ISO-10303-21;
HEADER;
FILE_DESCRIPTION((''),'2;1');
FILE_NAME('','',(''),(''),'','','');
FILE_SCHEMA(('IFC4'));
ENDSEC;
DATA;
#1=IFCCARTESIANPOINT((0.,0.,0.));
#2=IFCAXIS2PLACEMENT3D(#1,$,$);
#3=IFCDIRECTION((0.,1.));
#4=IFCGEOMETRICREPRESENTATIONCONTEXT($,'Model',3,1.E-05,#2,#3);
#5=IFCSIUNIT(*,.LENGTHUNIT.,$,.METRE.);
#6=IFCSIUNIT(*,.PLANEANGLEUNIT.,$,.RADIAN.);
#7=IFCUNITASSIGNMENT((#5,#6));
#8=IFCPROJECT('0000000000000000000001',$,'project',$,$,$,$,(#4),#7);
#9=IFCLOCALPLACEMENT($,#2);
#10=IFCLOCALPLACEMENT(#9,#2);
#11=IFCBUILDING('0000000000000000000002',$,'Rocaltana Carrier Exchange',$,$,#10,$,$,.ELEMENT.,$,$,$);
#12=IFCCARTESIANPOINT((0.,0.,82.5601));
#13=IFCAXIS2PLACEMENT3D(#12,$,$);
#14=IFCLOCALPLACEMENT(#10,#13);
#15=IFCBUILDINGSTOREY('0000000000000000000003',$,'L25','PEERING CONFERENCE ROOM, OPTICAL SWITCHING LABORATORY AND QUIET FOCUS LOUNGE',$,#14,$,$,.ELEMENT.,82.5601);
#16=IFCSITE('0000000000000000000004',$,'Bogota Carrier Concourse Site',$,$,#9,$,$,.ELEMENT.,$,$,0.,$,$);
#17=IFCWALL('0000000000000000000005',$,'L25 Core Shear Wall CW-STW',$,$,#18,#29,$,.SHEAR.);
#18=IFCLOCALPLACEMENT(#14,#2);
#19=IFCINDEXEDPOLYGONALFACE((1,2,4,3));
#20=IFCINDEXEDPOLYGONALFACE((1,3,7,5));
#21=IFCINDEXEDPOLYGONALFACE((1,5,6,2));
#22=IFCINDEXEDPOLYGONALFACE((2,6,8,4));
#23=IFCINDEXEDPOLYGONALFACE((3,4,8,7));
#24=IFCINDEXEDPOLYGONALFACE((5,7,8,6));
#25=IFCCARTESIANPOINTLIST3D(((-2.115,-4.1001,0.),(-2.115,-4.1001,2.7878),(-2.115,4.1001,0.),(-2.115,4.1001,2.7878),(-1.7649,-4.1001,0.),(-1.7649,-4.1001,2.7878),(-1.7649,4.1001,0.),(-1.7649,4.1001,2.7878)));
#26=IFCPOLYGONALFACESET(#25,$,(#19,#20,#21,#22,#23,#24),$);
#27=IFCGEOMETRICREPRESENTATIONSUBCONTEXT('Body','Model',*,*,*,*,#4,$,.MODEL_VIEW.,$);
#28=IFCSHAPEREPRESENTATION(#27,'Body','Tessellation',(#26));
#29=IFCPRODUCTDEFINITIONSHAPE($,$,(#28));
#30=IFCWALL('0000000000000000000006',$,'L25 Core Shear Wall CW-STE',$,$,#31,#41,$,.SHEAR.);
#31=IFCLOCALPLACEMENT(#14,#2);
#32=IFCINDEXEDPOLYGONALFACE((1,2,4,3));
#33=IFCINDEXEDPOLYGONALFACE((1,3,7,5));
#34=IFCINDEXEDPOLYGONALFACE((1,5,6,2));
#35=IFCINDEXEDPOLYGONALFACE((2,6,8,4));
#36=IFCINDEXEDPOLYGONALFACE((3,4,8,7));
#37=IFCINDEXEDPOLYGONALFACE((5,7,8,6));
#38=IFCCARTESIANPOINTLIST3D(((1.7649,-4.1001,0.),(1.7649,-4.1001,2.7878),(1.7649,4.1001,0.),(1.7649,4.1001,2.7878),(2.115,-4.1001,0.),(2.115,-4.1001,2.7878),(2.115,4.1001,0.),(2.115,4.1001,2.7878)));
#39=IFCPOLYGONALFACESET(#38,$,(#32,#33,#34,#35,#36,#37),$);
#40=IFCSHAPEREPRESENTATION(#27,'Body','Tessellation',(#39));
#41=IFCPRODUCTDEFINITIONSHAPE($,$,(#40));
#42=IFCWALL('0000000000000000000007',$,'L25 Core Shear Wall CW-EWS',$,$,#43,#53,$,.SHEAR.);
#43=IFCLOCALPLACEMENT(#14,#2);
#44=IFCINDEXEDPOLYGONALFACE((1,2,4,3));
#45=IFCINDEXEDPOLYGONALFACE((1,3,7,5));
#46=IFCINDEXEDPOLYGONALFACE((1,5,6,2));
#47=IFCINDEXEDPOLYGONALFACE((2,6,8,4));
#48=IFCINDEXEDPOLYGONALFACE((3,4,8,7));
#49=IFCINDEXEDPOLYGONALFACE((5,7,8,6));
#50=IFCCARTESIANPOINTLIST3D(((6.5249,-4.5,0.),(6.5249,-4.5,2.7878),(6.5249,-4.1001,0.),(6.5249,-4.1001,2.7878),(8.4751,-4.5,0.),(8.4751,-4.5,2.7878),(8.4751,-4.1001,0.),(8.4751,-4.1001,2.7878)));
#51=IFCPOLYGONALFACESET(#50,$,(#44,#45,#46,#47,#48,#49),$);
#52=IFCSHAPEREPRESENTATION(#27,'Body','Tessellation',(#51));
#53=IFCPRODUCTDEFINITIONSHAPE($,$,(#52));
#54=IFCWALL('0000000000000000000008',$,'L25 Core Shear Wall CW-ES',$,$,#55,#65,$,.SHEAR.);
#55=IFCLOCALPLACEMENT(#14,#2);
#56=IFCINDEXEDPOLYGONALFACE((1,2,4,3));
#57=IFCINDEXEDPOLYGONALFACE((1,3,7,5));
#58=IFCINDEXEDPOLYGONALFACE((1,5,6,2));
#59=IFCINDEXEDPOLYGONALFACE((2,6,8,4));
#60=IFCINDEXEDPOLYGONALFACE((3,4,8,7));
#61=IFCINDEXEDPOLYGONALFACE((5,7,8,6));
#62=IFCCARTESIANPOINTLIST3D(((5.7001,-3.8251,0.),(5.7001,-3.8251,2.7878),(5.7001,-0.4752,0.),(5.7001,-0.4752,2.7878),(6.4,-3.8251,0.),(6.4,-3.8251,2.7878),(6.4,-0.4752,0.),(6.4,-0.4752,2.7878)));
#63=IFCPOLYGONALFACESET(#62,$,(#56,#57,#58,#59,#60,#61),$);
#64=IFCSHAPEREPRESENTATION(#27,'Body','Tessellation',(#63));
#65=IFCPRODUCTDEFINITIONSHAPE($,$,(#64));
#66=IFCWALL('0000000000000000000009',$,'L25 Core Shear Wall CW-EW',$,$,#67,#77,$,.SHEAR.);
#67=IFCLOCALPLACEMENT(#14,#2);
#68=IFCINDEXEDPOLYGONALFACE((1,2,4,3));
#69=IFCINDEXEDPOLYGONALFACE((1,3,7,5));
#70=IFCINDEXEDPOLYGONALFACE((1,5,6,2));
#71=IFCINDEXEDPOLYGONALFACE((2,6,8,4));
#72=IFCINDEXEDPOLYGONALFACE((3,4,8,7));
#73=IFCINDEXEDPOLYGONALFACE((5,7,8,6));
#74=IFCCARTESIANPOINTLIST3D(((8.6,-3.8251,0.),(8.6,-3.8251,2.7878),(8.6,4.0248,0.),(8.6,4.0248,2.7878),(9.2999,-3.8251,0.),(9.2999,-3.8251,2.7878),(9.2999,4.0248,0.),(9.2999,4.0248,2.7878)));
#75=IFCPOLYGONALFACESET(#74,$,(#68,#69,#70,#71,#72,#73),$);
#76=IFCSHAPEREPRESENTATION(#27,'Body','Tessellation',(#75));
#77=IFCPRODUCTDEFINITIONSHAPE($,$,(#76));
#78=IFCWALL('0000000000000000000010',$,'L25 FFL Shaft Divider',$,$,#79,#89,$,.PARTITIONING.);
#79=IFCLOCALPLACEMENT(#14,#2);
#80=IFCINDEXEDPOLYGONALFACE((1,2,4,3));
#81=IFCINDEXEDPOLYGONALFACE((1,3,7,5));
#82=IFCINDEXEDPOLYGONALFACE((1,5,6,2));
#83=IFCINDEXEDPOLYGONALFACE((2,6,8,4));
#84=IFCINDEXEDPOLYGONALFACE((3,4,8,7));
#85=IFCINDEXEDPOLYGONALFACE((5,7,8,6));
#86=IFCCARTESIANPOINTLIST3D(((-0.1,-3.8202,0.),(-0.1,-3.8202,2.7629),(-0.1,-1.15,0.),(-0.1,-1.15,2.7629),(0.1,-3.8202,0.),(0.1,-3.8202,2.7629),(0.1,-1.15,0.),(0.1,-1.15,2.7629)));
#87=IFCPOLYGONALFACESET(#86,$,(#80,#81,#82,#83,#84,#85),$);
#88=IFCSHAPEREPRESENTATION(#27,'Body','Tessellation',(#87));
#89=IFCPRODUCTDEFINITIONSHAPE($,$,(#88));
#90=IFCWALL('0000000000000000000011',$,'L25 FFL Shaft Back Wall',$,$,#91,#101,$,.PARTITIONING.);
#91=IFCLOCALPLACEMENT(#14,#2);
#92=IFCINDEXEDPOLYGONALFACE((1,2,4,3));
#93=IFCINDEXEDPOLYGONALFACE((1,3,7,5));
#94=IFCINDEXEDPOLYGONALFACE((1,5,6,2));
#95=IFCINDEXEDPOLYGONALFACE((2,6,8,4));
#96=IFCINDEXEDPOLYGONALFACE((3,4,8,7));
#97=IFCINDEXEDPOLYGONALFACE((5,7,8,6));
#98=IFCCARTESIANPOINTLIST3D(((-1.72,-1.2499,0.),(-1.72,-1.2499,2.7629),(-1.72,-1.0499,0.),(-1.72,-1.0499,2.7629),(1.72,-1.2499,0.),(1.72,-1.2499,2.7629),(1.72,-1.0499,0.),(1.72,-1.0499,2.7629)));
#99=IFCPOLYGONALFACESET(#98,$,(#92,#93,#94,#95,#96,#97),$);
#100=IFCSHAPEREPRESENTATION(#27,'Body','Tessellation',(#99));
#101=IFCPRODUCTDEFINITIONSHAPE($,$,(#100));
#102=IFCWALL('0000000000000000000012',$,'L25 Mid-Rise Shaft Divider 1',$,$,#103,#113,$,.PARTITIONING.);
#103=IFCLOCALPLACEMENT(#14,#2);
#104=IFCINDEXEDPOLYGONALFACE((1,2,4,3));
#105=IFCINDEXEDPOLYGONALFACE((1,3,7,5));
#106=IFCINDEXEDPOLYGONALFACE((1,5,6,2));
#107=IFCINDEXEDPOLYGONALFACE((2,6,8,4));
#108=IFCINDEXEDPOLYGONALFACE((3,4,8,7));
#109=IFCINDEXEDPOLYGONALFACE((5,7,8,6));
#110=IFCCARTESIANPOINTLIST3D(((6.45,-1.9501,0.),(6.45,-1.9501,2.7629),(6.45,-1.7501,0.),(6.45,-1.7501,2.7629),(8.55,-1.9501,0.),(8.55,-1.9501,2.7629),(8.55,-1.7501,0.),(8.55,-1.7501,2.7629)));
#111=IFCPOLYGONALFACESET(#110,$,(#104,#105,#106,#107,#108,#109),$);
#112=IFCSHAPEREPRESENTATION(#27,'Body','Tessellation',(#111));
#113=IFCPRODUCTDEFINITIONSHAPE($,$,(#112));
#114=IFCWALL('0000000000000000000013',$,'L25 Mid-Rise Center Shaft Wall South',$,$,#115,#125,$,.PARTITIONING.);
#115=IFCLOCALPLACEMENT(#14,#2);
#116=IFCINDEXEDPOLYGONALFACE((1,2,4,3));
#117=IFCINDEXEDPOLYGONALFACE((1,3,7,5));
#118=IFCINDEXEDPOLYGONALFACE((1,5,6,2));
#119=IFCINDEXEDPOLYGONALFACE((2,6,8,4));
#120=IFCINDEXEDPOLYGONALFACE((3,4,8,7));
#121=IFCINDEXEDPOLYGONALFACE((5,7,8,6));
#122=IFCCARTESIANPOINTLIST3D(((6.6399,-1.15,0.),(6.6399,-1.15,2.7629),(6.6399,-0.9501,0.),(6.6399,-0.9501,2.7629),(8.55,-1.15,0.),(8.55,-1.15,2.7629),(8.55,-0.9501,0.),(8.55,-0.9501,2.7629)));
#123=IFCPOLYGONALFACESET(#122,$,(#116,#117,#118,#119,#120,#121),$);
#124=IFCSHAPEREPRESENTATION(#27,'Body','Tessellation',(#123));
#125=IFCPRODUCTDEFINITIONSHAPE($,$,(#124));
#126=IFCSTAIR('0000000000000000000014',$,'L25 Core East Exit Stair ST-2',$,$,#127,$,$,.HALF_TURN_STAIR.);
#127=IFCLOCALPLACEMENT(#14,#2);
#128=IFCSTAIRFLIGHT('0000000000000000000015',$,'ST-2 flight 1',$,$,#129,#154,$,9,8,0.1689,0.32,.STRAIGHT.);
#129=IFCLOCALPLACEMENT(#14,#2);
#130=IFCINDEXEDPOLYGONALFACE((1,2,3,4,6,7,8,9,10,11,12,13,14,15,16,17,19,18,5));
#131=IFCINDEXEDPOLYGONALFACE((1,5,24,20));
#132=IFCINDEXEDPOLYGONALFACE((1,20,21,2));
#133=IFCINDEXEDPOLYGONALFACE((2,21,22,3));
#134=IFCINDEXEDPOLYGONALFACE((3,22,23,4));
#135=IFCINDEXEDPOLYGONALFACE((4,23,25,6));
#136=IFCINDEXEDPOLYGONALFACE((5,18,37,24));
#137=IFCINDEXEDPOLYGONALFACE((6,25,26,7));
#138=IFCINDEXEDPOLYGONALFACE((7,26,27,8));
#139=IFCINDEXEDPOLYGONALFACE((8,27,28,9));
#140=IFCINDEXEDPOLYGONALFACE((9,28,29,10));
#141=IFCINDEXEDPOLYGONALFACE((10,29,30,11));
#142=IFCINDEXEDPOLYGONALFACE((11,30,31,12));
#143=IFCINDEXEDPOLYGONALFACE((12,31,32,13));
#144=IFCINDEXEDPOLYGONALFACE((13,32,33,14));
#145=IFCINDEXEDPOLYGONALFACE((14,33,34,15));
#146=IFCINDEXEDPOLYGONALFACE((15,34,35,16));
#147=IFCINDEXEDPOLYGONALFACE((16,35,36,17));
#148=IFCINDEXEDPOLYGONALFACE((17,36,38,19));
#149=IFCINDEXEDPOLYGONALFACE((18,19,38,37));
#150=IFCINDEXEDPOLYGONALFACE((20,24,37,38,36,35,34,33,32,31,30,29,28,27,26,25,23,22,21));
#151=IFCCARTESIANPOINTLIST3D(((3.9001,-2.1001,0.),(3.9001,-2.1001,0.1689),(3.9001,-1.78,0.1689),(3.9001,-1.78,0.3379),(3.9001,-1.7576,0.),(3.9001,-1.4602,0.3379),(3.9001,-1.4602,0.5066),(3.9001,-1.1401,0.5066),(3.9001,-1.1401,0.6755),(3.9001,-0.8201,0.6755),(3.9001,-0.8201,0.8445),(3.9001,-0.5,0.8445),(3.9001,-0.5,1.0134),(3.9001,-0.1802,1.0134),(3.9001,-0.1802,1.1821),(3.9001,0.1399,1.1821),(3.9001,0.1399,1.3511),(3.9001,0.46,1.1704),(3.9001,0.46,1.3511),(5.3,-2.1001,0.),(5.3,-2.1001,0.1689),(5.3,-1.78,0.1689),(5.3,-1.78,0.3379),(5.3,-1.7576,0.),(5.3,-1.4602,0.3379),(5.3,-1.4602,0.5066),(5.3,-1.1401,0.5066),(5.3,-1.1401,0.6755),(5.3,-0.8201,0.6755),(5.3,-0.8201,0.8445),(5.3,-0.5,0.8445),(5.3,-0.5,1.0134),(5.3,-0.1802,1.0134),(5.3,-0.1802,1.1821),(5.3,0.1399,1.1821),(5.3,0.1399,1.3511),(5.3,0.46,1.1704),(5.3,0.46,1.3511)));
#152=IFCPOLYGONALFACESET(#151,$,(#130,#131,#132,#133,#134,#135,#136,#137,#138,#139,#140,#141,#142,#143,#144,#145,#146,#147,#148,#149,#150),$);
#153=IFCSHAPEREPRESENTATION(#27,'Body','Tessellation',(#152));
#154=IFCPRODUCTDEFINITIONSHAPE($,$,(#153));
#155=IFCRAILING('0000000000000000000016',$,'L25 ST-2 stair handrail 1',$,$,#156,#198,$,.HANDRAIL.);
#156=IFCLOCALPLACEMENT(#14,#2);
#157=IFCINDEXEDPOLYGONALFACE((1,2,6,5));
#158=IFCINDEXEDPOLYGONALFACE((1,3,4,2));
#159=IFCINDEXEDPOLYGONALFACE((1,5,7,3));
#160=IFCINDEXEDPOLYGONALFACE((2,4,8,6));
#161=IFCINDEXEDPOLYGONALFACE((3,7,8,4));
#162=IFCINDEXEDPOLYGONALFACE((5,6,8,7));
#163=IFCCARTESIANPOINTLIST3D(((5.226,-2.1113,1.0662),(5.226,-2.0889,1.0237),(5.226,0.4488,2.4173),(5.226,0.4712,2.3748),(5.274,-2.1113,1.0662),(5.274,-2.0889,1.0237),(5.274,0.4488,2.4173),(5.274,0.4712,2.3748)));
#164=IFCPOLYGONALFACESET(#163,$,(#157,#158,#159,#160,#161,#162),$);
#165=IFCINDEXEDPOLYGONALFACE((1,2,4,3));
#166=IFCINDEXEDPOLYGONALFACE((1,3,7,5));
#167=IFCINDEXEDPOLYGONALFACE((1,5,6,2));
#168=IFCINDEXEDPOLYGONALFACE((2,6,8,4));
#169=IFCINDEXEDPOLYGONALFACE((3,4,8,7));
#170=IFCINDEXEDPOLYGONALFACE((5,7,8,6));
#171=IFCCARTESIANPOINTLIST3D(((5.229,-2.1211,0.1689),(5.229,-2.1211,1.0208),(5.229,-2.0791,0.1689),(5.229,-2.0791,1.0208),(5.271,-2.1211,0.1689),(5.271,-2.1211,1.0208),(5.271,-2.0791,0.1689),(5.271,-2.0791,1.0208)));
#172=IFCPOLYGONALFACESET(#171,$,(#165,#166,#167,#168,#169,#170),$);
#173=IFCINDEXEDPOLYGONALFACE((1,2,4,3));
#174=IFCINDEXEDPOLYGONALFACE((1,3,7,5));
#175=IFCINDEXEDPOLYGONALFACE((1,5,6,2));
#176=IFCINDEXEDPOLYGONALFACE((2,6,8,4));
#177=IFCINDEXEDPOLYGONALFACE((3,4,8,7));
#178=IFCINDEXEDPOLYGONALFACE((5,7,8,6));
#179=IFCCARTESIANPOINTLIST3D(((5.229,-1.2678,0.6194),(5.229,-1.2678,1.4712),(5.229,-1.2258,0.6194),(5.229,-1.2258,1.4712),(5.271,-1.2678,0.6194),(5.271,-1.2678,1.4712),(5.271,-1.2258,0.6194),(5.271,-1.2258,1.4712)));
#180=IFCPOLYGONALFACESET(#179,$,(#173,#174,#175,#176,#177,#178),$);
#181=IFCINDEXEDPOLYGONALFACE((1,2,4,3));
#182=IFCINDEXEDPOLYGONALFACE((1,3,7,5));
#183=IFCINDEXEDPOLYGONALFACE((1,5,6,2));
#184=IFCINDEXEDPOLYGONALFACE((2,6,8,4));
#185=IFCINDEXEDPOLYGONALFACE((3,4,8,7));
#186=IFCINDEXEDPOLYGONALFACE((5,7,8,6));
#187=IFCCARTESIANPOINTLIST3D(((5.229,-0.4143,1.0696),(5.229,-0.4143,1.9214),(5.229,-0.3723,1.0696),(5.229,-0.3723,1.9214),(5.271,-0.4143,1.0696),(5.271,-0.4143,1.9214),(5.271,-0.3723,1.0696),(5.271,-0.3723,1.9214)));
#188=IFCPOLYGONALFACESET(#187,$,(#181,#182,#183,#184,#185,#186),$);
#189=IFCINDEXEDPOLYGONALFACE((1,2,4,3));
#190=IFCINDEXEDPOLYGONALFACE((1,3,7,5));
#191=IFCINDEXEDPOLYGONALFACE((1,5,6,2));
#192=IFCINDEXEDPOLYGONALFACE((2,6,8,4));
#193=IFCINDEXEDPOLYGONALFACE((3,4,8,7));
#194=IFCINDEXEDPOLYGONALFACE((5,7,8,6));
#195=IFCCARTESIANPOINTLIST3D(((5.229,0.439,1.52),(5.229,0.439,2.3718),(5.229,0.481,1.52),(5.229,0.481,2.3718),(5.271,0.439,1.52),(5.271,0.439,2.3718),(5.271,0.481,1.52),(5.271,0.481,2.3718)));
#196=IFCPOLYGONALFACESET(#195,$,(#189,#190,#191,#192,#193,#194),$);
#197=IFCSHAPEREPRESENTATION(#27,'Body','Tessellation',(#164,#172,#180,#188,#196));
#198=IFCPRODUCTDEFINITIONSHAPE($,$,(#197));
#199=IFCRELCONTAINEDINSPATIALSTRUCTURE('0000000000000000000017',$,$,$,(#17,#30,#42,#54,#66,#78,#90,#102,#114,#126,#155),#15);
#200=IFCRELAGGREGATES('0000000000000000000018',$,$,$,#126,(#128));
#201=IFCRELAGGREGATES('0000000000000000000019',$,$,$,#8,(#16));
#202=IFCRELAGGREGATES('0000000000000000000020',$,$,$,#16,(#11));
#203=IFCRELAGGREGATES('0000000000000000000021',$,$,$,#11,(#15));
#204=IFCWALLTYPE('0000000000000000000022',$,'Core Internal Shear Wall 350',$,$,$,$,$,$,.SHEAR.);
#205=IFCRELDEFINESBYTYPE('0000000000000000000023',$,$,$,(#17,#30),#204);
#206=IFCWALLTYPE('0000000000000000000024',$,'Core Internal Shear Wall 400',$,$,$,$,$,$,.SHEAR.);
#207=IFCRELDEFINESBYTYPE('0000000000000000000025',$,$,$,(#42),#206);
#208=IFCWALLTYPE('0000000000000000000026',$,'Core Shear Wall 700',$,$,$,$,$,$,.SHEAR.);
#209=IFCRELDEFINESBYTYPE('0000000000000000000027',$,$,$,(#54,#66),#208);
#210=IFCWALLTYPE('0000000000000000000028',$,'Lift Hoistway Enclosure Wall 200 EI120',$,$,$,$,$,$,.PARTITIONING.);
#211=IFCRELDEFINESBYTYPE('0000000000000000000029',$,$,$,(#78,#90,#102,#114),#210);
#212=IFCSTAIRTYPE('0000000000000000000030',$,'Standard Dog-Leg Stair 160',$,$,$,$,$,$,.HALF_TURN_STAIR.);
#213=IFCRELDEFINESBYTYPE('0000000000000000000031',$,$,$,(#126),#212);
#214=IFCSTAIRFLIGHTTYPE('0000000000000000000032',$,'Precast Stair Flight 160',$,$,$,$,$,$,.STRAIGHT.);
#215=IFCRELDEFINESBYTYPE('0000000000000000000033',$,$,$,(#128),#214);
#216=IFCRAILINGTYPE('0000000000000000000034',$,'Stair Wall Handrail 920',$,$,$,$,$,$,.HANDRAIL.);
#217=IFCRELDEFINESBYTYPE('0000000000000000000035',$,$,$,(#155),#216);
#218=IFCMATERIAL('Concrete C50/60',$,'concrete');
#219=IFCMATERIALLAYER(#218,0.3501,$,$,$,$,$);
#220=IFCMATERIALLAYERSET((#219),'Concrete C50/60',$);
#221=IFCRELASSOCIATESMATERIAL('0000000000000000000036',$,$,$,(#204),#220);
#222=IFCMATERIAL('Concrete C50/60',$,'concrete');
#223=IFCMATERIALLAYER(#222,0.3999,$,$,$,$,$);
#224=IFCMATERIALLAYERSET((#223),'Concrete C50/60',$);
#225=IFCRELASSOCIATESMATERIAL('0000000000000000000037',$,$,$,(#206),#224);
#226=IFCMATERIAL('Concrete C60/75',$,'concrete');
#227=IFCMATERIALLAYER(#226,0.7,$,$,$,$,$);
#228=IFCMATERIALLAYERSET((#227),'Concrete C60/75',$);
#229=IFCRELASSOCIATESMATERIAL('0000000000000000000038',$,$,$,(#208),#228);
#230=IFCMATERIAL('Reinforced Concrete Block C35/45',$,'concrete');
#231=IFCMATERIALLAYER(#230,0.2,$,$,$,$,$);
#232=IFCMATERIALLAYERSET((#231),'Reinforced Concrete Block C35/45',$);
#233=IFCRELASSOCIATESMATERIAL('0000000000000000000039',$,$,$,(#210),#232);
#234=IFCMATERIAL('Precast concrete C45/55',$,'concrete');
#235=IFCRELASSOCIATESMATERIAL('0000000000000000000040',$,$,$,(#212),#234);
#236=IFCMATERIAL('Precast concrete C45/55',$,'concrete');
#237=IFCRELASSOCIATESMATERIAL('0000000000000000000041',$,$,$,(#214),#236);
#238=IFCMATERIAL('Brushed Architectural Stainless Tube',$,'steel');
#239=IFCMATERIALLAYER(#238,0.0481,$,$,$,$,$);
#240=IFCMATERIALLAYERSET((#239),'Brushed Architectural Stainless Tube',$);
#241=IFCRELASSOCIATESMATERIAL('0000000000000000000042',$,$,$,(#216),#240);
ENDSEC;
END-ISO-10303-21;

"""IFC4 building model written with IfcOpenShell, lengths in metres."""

from ifc_helpers import new_model, si_unit, direction, frame, frame_2d, origin, origin_2d, place, context, subcontext, project, spatial, polyline, rectangle, outline, extrude, material, layer, layer_set, type_object, element, aggregate, save


model = new_model("IFC4")

# Units and contexts
model_context = context("Model", 3, precision=1e-05, world=origin(), true_north=direction((0.0, 1.0)))
body_context = subcontext(model_context, "Body", "Model", "MODEL_VIEW")
ifc_project = project(units=[si_unit("LENGTHUNIT", "METRE"), si_unit("PLANEANGLEUNIT", "RADIAN")], contexts=[model_context])

# Site, building, storey
site_placement = place(None, origin())
site = spatial("IfcSite", under=ifc_project, at=site_placement, Name="Bogota Carrier Concourse Site", CompositionType="ELEMENT", RefElevation=0.0)
building_placement = place(site_placement, origin())
building = spatial("IfcBuilding", under=site, at=building_placement, Name="Rocaltana Carrier Exchange", CompositionType="ELEMENT")
storey_placement = place(building_placement, frame((0.0, 0.0, 82.5601)))
storey = spatial("IfcBuildingStorey", under=building, at=storey_placement, Name="L25", Description="PEERING CONFERENCE ROOM, OPTICAL SWITCHING LABORATORY AND QUIET FOCUS LOUNGE", CompositionType="ELEMENT", Elevation=82.5601)

# Walls
ifc_material_1 = material(Name="Concrete C50/60", Category="concrete")
ifc_layer_1 = layer(ifc_material_1, 0.3501)
ifc_layer_set_1 = layer_set([ifc_layer_1], Name="Concrete C50/60")
wall_type_1 = type_object("IfcWallType", Name="Core Internal Shear Wall 350", PredefinedType="SHEAR", material=ifc_layer_set_1)
for number, where, z_axis, x_axis, name in (
    (1, (-1.9399, -4.1001, 0.0), (0.0, 0.0, 1.0), (0.0, 1.0, 0.0), "L25 Core Shear Wall CW-STW"),
    (2, (1.9399, -4.1001, 0.0), (0.0, 0.0, 1.0), (0.0, 1.0, 0.0), "L25 Core Shear Wall CW-STE"),
):
    element("IfcWall", number, at=place(storey_placement, frame(where, z_axis=z_axis, x_axis=x_axis)), inside=storey, type_object=wall_type_1, Name=name, PredefinedType="SHEAR", context=body_context, shape_type="SweptSolid", body=[
        extrude(rectangle(XDim=8.2002, YDim=0.3501, at=frame_2d((4.1001, 0.0))), origin(), (0.0, 0.0, 1.0), 2.7878),
    ])
ifc_material_2 = material(Name="Concrete C50/60", Category="concrete")
ifc_layer_2 = layer(ifc_material_2, 0.3999)
ifc_layer_set_2 = layer_set([ifc_layer_2], Name="Concrete C50/60")
wall_type_2 = type_object("IfcWallType", Name="Core Internal Shear Wall 400", PredefinedType="SHEAR", material=ifc_layer_set_2)
wall_1_placement = place(storey_placement, frame((6.5249, -4.3, 0.0), z_axis=(0.0, 0.0, 1.0), x_axis=(1.0, 0.0, 0.0)))
element("IfcWall", 3, at=wall_1_placement, inside=storey, type_object=wall_type_2, Name="L25 Core Shear Wall CW-EWS", PredefinedType="SHEAR", context=body_context, shape_type="SweptSolid", body=[
    extrude(rectangle(XDim=1.9502, YDim=0.3999, at=frame_2d((0.9751, 0.0))), origin(), (0.0, 0.0, 1.0), 2.7878),
])
ifc_material_3 = material(Name="Concrete C60/75", Category="concrete")
ifc_layer_3 = layer(ifc_material_3, 0.7)
ifc_layer_set_3 = layer_set([ifc_layer_3], Name="Concrete C60/75")
wall_type_3 = type_object("IfcWallType", Name="Core Shear Wall 700", PredefinedType="SHEAR", material=ifc_layer_set_3)
wall_2_placement = place(storey_placement, frame((6.05, -3.825, 0.0), z_axis=(0.0, 0.0, 1.0), x_axis=(0.0, 1.0, 0.0)))
element("IfcWall", 4, at=wall_2_placement, inside=storey, type_object=wall_type_3, Name="L25 Core Shear Wall CW-ES", PredefinedType="SHEAR", context=body_context, shape_type="SweptSolid", body=[
    extrude(rectangle(XDim=3.3499, YDim=0.7, at=frame_2d((1.6748, 0.0))), origin(), (0.0, 0.0, 1.0), 2.7878),
])
wall_3_placement = place(storey_placement, frame((8.95, -3.825, 0.0), z_axis=(0.0, 0.0, 1.0), x_axis=(0.0, 1.0, 0.0)))
element("IfcWall", 5, at=wall_3_placement, inside=storey, type_object=wall_type_3, Name="L25 Core Shear Wall CW-EW", PredefinedType="SHEAR", context=body_context, shape_type="SweptSolid", body=[
    extrude(rectangle(XDim=7.8499, YDim=0.7, at=frame_2d((3.9248, 0.0))), origin(), (0.0, 0.0, 1.0), 2.7878),
])
ifc_material_4 = material(Name="Reinforced Concrete Block C35/45", Category="concrete")
ifc_layer_4 = layer(ifc_material_4, 0.2)
ifc_layer_set_4 = layer_set([ifc_layer_4], Name="Reinforced Concrete Block C35/45")
wall_type_4 = type_object("IfcWallType", Name="Lift Hoistway Enclosure Wall 200 EI120", PredefinedType="PARTITIONING", material=ifc_layer_set_4)
wall_4_placement = place(storey_placement, frame((0.0, -3.8201, 0.0), z_axis=(0.0, 0.0, 1.0), x_axis=(0.0, 1.0, 0.0)))
element("IfcWall", 6, at=wall_4_placement, inside=storey, type_object=wall_type_4, Name="L25 FFL Shaft Divider", PredefinedType="PARTITIONING", context=body_context, shape_type="SweptSolid", body=[
    extrude(rectangle(XDim=2.6702, YDim=0.2, at=frame_2d((1.335, 0.0))), origin(), (0.0, 0.0, 1.0), 2.7629),
])
wall_5_placement = place(storey_placement, frame((-1.72, -1.1499, 0.0), z_axis=(0.0, 0.0, 1.0), x_axis=(1.0, 0.0, 0.0)))
element("IfcWall", 7, at=wall_5_placement, inside=storey, type_object=wall_type_4, Name="L25 FFL Shaft Back Wall", PredefinedType="PARTITIONING", context=body_context, shape_type="SweptSolid", body=[
    extrude(rectangle(XDim=3.4399, YDim=0.2, at=frame_2d((1.72, 0.0))), origin(), (0.0, 0.0, 1.0), 2.7629),
])
wall_6_placement = place(storey_placement, frame((6.45, -1.8501, 0.0), z_axis=(0.0, 0.0, 1.0), x_axis=(1.0, 0.0, 0.0)))
element("IfcWall", 8, at=wall_6_placement, inside=storey, type_object=wall_type_4, Name="L25 Mid-Rise Shaft Divider 1", PredefinedType="PARTITIONING", context=body_context, shape_type="SweptSolid", body=[
    extrude(rectangle(XDim=2.1001, YDim=0.2, at=frame_2d((1.05, 0.0))), origin(), (0.0, 0.0, 1.0), 2.7629),
])
wall_7_placement = place(storey_placement, frame((6.6399, -1.05, 0.0), z_axis=(0.0, 0.0, 1.0), x_axis=(1.0, 0.0, 0.0)))
element("IfcWall", 9, at=wall_7_placement, inside=storey, type_object=wall_type_4, Name="L25 Mid-Rise Center Shaft Wall South", PredefinedType="PARTITIONING", context=body_context, shape_type="SweptSolid", body=[
    extrude(rectangle(XDim=1.9102, YDim=0.2, at=frame_2d((0.9551, 0.0))), origin(), (0.0, 0.0, 1.0), 2.7629),
])

# Stair, stair flight
ifc_material_5 = material(Name="Precast concrete C45/55", Category="concrete")
stair_type = type_object("IfcStairType", Name="Standard Dog-Leg Stair 160", PredefinedType="HALF_TURN_STAIR", material=ifc_material_5)
stair_placement = place(storey_placement, origin())
stair = element("IfcStair", 10, at=stair_placement, inside=storey, type_object=stair_type, Name="L25 Core East Exit Stair ST-2", PredefinedType="HALF_TURN_STAIR")
ifc_material_6 = material(Name="Precast concrete C45/55", Category="concrete")
stair_flight_type = type_object("IfcStairFlightType", Name="Precast Stair Flight 160", PredefinedType="STRAIGHT", material=ifc_material_6)
stair_flight_placement = place(storey_placement, frame((4.6001, -2.1001, 0.0), z_axis=(0.0, 0.0, 1.0), x_axis=(0.0, 1.0, 0.0)))
stair_flight = element("IfcStairFlight", 11, at=stair_flight_placement, type_object=stair_flight_type, Name="ST-2 flight 1", NumberOfRisers=9, NumberOfTreads=8, PredefinedType="STRAIGHT", RiserHeight=0.1689, TreadLength=0.32, context=body_context, shape_type="SweptSolid", body=[
    extrude(outline(polyline([(0.0, 0.0), (0.0, 0.1689), (0.3201, 0.1689), (0.3201, 0.3379), (0.6399, 0.3379), (0.6399, 0.5066), (0.96, 0.5066), (0.96, 0.6755), (1.28, 0.6755), (1.28, 0.8445), (1.6001, 0.8445), (1.6001, 1.0134), (1.9199, 1.0134), (1.9199, 1.1821), (2.24, 1.1821), (2.24, 1.3511), (2.5601, 1.3511), (2.5601, 1.52), (2.5601, 1.1704), (0.3425, 0.0), (0.0, 0.0)])), frame((0.0, 0.7, 0.0), z_axis=(0.0, -1.0, 0.0), x_axis=(1.0, 0.0, 0.0)), (0.0, 0.0, 1.0), 1.3999),
])
aggregate(stair, [stair_flight])

# Railing
ifc_material_7 = material(Name="Brushed Architectural Stainless Tube", Category="steel")
ifc_layer_5 = layer(ifc_material_7, 0.0481)
ifc_layer_set_5 = layer_set([ifc_layer_5], Name="Brushed Architectural Stainless Tube")
railing_type_1 = type_object("IfcRailingType", Name="Stair Wall Handrail 920", PredefinedType="HANDRAIL", material=ifc_layer_set_5)
railing_1_placement = place(storey_placement, frame((5.25, -2.1001, 0.1689)))
element("IfcRailing", 12, at=railing_1_placement, inside=storey, type_object=railing_type_1, Name="L25 ST-2 stair handrail 1", PredefinedType="HANDRAIL", context=body_context, shape_type="SweptSolid", body=[
    extrude(rectangle(XDim=0.0481, YDim=0.0481, at=origin_2d()), frame((0.0, 0.0, 0.876), z_axis=(0.0, 0.884394, 0.46674), x_axis=(-1.0, 0.0, 0.0)), (0.0, 0.0, 1.0), 2.8948),
    extrude(rectangle(XDim=0.042, YDim=0.042, at=origin_2d()), origin(), (0.0, 0.0, 1.0), 0.8518),
    extrude(rectangle(XDim=0.042, YDim=0.042, at=origin_2d()), frame((0.0, 0.8533, 0.4504)), (0.0, 0.0, 1.0), 0.8518),
    extrude(rectangle(XDim=0.042, YDim=0.042, at=origin_2d()), frame((0.0, 1.7068, 0.9006)), (0.0, 0.0, 1.0), 0.8518),
    extrude(rectangle(XDim=0.042, YDim=0.042, at=origin_2d()), frame((0.0, 2.5601, 1.3511)), (0.0, 0.0, 1.0), 0.8518),
])

save(model, "model.ifc")
